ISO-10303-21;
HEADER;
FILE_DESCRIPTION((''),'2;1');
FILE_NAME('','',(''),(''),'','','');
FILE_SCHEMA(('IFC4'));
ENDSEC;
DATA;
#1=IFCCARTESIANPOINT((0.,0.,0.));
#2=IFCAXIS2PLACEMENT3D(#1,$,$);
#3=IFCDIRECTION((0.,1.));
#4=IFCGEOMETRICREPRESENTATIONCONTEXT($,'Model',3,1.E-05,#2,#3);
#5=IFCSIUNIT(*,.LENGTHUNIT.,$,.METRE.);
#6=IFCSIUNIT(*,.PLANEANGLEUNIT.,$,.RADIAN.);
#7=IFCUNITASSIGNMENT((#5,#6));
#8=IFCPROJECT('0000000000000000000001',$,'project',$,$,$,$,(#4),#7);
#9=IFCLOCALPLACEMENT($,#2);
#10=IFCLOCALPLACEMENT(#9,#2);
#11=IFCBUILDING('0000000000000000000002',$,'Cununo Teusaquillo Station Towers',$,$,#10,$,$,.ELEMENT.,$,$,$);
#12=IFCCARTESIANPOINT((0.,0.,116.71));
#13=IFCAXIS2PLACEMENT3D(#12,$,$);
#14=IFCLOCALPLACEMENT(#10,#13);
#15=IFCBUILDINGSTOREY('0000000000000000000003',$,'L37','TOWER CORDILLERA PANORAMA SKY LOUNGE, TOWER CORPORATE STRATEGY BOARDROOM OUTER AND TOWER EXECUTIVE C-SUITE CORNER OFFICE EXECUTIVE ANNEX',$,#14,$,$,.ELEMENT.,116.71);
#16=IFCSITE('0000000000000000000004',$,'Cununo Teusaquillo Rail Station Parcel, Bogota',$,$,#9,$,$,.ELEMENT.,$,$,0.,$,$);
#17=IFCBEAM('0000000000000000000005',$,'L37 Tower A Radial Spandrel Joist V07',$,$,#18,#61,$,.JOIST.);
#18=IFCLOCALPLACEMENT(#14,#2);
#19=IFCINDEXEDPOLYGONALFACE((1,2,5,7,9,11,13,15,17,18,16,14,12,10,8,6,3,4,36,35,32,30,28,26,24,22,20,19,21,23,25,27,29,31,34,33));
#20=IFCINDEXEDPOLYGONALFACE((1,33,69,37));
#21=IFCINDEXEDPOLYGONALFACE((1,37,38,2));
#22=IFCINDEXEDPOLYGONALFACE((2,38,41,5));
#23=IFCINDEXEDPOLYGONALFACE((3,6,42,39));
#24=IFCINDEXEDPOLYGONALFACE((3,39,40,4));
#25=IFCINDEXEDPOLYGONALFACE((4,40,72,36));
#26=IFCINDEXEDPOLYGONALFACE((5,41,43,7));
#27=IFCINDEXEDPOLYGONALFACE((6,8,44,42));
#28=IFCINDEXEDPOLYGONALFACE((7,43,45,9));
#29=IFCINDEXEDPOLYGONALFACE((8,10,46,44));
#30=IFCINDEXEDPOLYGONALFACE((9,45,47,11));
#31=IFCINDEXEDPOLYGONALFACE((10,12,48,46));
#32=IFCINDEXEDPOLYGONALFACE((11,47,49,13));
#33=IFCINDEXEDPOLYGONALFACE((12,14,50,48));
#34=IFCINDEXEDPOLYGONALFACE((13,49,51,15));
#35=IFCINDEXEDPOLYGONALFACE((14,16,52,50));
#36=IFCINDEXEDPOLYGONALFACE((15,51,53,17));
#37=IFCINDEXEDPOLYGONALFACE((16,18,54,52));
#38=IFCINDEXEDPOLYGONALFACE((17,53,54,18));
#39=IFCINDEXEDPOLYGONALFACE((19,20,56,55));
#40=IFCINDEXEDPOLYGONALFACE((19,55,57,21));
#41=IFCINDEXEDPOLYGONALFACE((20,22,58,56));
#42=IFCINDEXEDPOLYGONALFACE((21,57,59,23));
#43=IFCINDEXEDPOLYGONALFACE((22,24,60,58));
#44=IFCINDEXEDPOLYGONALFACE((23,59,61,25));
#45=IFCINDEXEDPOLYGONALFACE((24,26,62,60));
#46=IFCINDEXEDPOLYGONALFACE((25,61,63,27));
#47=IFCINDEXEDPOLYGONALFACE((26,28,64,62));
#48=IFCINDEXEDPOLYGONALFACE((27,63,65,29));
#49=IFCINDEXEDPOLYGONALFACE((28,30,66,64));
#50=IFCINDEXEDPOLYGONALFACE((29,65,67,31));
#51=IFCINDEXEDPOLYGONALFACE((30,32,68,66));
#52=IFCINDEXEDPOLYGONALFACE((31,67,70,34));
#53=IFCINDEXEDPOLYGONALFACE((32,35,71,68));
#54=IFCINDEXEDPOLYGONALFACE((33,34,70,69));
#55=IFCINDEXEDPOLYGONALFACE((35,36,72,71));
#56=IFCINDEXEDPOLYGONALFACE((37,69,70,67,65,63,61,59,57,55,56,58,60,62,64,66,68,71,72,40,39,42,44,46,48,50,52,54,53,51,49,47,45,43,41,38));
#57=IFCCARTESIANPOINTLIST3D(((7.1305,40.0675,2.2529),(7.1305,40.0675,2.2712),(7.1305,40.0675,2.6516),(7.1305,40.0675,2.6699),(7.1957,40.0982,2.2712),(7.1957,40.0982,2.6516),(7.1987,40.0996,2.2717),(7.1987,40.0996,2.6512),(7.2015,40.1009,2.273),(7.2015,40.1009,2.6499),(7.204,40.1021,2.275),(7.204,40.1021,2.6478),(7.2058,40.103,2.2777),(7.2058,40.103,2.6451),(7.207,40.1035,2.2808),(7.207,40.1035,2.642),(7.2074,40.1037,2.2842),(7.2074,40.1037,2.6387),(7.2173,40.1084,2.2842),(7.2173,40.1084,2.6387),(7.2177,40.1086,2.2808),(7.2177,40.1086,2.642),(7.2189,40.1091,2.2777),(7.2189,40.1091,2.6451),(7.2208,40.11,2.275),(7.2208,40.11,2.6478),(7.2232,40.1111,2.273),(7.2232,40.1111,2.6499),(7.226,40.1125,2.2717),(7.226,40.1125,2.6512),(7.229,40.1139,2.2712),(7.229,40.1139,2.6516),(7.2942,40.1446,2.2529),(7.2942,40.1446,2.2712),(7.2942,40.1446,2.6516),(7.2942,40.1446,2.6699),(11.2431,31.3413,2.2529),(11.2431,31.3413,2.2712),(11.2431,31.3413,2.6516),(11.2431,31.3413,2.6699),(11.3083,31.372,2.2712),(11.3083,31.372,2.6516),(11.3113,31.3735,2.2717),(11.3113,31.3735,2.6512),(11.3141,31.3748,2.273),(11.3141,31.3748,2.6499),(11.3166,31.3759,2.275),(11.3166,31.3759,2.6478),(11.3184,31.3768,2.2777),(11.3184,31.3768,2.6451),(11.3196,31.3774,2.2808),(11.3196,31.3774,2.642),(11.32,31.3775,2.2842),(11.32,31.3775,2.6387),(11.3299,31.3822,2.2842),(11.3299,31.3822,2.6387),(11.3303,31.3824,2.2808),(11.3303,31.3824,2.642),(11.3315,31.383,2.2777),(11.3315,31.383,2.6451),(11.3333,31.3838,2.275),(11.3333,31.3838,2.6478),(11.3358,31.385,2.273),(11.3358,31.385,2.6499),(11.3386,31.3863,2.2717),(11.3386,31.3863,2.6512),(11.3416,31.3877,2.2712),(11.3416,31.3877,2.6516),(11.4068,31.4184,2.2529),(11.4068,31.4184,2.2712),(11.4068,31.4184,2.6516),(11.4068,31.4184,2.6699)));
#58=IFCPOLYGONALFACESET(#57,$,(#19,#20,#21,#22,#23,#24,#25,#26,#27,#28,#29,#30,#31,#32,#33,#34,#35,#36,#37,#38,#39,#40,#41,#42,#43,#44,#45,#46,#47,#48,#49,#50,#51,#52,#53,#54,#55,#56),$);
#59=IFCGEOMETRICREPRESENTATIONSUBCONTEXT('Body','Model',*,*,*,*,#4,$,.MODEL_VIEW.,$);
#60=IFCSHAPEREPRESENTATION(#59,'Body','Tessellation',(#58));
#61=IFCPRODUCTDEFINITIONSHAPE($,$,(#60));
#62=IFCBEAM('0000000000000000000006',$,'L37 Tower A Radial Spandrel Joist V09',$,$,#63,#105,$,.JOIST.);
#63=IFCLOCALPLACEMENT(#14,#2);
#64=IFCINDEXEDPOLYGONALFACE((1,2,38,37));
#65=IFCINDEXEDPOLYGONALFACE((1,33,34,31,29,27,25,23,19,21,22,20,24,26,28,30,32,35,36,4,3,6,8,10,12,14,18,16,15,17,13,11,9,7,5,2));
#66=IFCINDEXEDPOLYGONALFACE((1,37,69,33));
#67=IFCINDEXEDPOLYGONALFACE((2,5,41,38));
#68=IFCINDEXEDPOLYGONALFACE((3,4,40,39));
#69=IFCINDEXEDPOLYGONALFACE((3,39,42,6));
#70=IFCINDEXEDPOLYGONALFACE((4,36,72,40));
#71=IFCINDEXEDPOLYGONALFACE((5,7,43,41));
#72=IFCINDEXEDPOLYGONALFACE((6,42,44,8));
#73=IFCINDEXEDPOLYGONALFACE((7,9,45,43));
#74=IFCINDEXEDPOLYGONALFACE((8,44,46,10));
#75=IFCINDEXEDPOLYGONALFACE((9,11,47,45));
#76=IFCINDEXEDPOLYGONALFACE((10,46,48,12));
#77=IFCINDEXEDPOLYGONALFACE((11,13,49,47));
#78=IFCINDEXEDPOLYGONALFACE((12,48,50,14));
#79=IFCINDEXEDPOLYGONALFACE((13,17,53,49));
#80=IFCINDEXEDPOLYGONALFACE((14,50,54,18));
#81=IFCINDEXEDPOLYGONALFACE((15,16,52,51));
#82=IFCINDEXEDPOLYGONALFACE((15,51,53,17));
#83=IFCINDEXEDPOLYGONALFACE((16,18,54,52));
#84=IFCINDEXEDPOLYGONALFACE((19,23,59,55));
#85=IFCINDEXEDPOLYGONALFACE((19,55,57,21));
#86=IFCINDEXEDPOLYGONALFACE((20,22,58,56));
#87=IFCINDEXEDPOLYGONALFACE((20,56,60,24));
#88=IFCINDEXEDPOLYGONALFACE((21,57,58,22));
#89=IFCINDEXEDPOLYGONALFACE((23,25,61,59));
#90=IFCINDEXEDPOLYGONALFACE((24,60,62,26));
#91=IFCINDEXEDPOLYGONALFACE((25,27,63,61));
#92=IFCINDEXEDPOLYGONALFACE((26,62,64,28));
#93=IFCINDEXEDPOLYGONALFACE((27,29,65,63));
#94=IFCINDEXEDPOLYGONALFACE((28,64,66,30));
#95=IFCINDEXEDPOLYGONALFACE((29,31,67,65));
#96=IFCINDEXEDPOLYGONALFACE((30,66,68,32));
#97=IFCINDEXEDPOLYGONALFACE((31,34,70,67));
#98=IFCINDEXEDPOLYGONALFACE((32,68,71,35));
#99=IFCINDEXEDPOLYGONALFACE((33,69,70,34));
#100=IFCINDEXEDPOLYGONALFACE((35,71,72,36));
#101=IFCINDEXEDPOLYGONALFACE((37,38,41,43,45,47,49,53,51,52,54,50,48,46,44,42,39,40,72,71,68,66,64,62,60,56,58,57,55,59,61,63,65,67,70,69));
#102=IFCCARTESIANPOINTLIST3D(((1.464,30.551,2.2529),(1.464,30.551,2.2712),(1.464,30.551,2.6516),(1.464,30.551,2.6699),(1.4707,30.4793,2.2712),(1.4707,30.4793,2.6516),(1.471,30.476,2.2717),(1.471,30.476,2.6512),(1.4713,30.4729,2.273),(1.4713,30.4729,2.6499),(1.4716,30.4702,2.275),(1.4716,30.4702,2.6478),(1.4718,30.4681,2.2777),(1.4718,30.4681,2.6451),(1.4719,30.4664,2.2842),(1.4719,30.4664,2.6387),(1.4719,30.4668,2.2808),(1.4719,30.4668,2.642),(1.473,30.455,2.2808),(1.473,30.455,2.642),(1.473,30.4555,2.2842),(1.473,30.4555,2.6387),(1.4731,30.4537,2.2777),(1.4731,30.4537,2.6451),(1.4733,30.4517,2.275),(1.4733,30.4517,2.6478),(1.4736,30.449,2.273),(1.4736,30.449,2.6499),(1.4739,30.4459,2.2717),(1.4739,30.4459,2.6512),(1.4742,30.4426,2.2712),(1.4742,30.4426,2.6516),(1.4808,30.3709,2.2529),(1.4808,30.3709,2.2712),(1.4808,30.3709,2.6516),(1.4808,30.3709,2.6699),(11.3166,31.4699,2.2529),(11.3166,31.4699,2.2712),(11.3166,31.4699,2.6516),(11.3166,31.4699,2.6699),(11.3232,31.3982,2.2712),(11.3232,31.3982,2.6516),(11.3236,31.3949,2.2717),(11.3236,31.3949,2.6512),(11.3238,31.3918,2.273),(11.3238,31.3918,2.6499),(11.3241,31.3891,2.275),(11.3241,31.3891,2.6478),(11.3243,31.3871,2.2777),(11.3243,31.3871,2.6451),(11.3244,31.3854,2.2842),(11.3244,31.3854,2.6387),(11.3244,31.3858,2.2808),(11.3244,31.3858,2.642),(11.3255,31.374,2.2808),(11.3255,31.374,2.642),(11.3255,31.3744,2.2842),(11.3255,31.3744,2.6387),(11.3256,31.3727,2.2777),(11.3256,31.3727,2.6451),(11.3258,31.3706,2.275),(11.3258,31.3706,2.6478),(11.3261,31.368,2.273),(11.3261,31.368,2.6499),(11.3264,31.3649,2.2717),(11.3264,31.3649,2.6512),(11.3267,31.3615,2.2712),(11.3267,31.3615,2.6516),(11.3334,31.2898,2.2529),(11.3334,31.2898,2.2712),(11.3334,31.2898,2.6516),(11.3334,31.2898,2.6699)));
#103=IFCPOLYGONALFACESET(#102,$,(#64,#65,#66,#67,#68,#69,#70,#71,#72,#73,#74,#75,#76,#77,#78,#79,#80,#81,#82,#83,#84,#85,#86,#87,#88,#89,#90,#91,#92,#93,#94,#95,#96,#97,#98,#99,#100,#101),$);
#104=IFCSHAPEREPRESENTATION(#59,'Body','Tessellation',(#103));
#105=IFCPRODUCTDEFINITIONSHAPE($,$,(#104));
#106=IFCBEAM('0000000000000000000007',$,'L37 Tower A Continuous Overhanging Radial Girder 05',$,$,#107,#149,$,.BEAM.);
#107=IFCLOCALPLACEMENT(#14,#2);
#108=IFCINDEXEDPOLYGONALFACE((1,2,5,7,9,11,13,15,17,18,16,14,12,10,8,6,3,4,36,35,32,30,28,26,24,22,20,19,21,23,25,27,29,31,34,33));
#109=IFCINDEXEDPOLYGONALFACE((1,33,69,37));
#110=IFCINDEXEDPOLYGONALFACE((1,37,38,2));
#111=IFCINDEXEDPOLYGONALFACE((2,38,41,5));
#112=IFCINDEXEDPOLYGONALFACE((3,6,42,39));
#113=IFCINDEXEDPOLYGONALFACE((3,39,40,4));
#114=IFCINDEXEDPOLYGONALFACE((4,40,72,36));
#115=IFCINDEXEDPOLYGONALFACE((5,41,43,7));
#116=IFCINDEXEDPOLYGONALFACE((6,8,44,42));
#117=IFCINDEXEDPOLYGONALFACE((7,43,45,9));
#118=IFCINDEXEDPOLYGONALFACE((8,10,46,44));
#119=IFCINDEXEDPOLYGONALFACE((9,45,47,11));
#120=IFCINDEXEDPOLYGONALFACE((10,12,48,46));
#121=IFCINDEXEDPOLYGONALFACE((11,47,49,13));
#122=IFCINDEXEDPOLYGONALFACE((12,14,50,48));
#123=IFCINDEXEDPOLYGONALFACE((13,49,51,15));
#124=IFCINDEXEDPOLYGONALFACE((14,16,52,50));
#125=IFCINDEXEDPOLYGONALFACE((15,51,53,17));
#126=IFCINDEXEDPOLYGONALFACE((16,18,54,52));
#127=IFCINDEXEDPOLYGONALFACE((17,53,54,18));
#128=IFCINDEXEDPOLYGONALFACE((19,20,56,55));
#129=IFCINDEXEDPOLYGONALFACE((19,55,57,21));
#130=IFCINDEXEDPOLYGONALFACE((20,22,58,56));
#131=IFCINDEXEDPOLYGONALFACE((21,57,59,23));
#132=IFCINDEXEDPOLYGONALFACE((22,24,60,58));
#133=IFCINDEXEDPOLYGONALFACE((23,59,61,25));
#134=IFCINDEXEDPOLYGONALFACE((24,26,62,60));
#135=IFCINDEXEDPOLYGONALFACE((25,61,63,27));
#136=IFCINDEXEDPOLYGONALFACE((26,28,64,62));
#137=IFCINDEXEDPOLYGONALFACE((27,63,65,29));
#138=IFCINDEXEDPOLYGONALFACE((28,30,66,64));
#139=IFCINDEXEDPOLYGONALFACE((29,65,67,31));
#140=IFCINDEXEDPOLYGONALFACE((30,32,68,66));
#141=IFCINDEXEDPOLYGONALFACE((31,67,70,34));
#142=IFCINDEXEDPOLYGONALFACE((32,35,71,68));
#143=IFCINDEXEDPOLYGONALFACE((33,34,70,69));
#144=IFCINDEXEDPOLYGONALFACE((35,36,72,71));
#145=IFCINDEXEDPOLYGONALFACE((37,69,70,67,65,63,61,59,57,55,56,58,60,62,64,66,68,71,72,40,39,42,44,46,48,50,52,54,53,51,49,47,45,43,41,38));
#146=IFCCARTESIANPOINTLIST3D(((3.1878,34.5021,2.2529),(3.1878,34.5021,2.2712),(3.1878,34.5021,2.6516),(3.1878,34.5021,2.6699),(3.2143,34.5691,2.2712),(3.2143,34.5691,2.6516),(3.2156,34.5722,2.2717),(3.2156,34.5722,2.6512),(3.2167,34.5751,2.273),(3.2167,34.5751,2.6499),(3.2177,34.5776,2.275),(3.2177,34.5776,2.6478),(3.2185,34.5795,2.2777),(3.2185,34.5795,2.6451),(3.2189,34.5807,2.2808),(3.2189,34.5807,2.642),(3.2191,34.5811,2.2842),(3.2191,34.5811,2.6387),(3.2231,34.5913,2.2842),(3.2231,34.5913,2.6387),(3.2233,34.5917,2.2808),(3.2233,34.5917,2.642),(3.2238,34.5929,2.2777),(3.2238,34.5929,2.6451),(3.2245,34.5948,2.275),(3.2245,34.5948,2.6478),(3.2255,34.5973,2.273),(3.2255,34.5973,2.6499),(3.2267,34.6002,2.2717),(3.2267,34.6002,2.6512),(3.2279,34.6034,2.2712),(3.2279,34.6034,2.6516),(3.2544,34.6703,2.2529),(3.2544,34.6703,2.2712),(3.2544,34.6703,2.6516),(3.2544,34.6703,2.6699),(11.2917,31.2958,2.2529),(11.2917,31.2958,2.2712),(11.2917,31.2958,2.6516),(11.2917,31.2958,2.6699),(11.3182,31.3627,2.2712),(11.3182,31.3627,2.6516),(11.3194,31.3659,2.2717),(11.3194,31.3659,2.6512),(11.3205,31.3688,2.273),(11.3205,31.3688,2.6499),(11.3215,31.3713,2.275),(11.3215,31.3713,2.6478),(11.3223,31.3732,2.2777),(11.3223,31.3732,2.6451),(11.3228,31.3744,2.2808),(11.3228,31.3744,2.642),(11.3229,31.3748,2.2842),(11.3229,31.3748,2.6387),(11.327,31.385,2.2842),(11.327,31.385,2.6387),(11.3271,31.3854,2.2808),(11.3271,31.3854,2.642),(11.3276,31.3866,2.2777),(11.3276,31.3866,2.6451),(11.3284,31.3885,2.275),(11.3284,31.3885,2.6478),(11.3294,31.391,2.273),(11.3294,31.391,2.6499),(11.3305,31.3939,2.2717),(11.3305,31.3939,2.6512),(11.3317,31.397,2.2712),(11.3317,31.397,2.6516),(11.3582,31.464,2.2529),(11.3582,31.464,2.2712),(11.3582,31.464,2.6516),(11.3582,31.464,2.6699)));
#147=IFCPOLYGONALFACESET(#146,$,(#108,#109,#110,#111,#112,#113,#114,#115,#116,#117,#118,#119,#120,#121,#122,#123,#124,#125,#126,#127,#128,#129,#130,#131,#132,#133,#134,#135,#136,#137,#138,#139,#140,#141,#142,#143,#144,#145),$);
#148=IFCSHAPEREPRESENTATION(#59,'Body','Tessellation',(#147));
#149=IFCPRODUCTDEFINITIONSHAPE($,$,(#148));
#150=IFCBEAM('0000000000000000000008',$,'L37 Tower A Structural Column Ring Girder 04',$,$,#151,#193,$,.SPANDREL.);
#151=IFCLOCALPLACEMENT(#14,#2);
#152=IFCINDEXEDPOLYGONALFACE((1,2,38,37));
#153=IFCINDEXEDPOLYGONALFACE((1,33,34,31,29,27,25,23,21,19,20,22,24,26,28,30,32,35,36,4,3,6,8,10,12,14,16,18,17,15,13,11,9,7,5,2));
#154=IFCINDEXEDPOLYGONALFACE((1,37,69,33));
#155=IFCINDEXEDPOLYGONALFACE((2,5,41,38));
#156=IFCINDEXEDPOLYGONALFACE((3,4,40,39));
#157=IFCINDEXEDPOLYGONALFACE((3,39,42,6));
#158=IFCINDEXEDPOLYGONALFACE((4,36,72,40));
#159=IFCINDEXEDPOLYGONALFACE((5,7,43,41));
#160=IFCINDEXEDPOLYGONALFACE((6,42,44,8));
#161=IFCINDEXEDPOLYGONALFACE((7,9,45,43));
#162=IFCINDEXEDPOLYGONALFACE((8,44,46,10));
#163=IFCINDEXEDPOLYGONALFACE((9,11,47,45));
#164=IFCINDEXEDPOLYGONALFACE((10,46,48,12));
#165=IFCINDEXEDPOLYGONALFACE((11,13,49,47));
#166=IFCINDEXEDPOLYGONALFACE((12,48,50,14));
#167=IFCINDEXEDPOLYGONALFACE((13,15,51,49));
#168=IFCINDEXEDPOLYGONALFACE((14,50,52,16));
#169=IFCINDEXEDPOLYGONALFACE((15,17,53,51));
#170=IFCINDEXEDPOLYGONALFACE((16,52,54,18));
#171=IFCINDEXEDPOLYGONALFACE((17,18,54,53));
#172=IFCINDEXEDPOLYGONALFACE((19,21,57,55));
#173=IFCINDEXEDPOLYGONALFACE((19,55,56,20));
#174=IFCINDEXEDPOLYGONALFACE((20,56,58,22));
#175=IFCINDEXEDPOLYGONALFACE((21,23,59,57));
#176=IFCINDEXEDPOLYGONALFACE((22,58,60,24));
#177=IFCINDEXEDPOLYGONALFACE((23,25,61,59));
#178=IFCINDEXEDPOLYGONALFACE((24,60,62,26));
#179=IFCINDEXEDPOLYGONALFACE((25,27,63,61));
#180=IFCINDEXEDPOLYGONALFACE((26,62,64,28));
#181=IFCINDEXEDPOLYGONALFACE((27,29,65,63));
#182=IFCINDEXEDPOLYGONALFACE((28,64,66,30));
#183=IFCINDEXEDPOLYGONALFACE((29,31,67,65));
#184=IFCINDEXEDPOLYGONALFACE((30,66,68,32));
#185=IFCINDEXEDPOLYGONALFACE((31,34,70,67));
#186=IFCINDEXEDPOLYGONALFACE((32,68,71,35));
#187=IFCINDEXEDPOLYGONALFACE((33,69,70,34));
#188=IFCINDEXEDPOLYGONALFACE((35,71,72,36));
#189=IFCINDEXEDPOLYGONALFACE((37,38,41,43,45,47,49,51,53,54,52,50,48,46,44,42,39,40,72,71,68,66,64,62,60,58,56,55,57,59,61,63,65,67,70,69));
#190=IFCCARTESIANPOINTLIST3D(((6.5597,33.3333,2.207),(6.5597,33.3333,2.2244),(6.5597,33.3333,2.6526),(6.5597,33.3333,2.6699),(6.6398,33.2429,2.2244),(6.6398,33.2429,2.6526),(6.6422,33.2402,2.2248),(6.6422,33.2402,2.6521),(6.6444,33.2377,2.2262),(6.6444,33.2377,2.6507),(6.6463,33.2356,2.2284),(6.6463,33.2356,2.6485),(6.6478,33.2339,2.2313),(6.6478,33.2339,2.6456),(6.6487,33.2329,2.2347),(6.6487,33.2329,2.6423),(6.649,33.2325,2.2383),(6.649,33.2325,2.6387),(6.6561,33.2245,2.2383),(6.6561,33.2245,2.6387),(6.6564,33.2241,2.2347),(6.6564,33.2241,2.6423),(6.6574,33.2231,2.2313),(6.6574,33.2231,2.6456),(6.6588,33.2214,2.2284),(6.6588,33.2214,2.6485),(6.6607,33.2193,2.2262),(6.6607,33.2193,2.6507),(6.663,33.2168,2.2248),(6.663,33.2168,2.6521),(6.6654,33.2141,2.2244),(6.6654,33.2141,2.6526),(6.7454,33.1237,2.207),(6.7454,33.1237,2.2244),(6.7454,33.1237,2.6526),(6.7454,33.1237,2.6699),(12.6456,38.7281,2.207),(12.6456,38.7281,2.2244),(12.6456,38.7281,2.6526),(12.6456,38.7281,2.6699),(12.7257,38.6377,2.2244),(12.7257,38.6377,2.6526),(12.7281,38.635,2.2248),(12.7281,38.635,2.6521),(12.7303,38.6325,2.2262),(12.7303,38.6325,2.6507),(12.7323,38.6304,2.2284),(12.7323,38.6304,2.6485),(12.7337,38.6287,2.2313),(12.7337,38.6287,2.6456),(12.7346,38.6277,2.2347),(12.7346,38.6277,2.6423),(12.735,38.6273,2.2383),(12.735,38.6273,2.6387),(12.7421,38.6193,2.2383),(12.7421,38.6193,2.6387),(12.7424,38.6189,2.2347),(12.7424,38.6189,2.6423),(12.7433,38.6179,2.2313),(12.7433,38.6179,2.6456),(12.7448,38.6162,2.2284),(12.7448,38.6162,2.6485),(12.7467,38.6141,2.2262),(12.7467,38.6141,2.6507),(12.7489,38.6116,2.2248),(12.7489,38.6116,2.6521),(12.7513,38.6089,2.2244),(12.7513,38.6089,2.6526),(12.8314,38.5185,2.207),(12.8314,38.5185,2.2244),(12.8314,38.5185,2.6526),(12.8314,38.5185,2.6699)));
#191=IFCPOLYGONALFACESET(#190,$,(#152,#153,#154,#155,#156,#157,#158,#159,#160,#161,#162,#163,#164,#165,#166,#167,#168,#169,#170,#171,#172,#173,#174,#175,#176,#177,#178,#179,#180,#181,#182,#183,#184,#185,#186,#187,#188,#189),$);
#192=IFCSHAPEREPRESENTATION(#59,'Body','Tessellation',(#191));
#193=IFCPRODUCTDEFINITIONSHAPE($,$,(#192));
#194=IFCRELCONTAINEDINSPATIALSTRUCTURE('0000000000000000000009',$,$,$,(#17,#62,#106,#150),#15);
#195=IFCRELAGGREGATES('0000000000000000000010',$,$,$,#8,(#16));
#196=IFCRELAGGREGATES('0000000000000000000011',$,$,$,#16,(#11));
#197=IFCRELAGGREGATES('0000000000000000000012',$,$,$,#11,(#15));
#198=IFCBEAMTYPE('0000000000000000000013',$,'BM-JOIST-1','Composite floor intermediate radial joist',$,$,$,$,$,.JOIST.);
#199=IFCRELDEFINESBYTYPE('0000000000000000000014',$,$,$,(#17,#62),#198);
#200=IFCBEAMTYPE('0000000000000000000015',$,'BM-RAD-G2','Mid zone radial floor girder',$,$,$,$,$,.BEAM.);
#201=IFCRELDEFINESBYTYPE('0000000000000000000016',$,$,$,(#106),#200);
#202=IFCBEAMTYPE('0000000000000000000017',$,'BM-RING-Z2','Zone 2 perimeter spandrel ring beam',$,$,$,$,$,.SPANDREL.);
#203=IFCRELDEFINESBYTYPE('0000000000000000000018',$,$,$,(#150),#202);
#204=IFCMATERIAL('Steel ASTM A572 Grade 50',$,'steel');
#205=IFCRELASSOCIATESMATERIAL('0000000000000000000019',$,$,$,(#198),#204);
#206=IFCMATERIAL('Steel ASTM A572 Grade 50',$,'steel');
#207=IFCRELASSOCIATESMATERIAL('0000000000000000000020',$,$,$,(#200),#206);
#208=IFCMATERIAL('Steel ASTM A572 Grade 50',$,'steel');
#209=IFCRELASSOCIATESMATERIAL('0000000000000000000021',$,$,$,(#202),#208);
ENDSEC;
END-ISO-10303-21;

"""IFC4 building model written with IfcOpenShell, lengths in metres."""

from ifc_helpers import new_model, si_unit, direction, frame, origin, origin_2d, place, context, subcontext, project, spatial, i_section, extrude, material, material_profile, profile_set, type_object, element, save


model = new_model("IFC4")

# Units and contexts
model_context = context("Model", 3, precision=1e-05, world=origin(), true_north=direction((0.0, 1.0)))
body_context = subcontext(model_context, "Body", "Model", "MODEL_VIEW")
ifc_project = project(units=[si_unit("LENGTHUNIT", "METRE"), si_unit("PLANEANGLEUNIT", "RADIAN")], contexts=[model_context])

# Site, building, storey
site_placement = place(None, origin())
site = spatial("IfcSite", under=ifc_project, at=site_placement, Name="Cununo Teusaquillo Rail Station Parcel, Bogota", CompositionType="ELEMENT", RefElevation=0.0)
building_placement = place(site_placement, origin())
building = spatial("IfcBuilding", under=site, at=building_placement, Name="Cununo Teusaquillo Station Towers", CompositionType="ELEMENT")
storey_placement = place(building_placement, frame((0.0, 0.0, 116.71)))
storey = spatial("IfcBuildingStorey", under=building, at=storey_placement, Name="L37", Description="TOWER CORDILLERA PANORAMA SKY LOUNGE, TOWER CORPORATE STRATEGY BOARDROOM OUTER AND TOWER EXECUTIVE C-SUITE CORNER OFFICE EXECUTIVE ANNEX", CompositionType="ELEMENT", Elevation=116.71)

# Beams
ifc_material_1 = material(Name="Steel ASTM A572 Grade 50", Category="steel")
ifc_material_profile_1 = material_profile(ifc_material_1, i_section(OverallWidth=0.1809, OverallDepth=0.417, WebThickness=0.011, FlangeThickness=0.0183, FilletRadius=0.0129, at=origin_2d()), Name="W16X57")
ifc_profile_set_1 = profile_set([ifc_material_profile_1], Name="Steel ASTM A572 Grade 50")
beam_type_1 = type_object("IfcBeamType", Name="BM-JOIST-1", Description="Composite floor intermediate radial joist", PredefinedType="JOIST", material=ifc_profile_set_1)
beam_1_placement = place(storey_placement, frame((11.325, 31.3799, 2.4614), z_axis=(-0.42632, 0.904572, 0.0), x_axis=(-0.904572, -0.42632, 0.0)))
element("IfcBeam", 1, at=beam_1_placement, inside=storey, type_object=beam_type_1, Name="L37 Tower A Radial Spandrel Joist V07", PredefinedType="JOIST", context=body_context, shape_type="SweptSolid", body=[
    extrude(i_section(OverallWidth=0.1809, OverallDepth=0.417, WebThickness=0.011, FlangeThickness=0.0183, FilletRadius=0.0129, at=origin_2d()), origin(), (0.0, 0.0, 1.0), 9.6467),
])
beam_2_placement = place(storey_placement, frame((11.325, 31.3799, 2.4614), z_axis=(-0.995679, -0.092867, 0.0), x_axis=(0.092867, -0.995679, 0.0)))
element("IfcBeam", 2, at=beam_2_placement, inside=storey, type_object=beam_type_1, Name="L37 Tower A Radial Spandrel Joist V09", PredefinedType="JOIST", context=body_context, shape_type="SweptSolid", body=[
    extrude(i_section(OverallWidth=0.1809, OverallDepth=0.417, WebThickness=0.011, FlangeThickness=0.0183, FilletRadius=0.0129, at=origin_2d()), origin(), (0.0, 0.0, 1.0), 9.8953),
])
ifc_material_2 = material(Name="Steel ASTM A572 Grade 50", Category="steel")
ifc_material_profile_2 = material_profile(ifc_material_2, i_section(OverallWidth=0.1809, OverallDepth=0.417, WebThickness=0.011, FlangeThickness=0.0183, FilletRadius=0.0129, at=origin_2d()), Name="W16X57")
ifc_profile_set_2 = profile_set([ifc_material_profile_2], Name="Steel ASTM A572 Grade 50")
beam_type_2 = type_object("IfcBeamType", Name="BM-RAD-G2", Description="Mid zone radial floor girder", PredefinedType="BEAM", material=ifc_profile_set_2)
beam_3_placement = place(storey_placement, frame((11.325, 31.3799, 2.4614), z_axis=(-0.929863, 0.367906, 0.0), x_axis=(-0.367906, -0.929863, 0.0)))
element("IfcBeam", 3, at=beam_3_placement, inside=storey, type_object=beam_type_2, Name="L37 Tower A Continuous Overhanging Radial Girder 05", PredefinedType="BEAM", context=body_context, shape_type="SweptSolid", body=[
    extrude(i_section(OverallWidth=0.1809, OverallDepth=0.417, WebThickness=0.011, FlangeThickness=0.0183, FilletRadius=0.0129, at=origin_2d()), origin(), (0.0, 0.0, 1.0), 8.7151),
])
ifc_material_3 = material(Name="Steel ASTM A572 Grade 50", Category="steel")
ifc_material_profile_3 = material_profile(ifc_material_3, i_section(OverallWidth=0.28, OverallDepth=0.4629, WebThickness=0.0107, FlangeThickness=0.0173, FilletRadius=0.0139, at=origin_2d()), Name="W18X76")
ifc_profile_set_3 = profile_set([ifc_material_profile_3], Name="Steel ASTM A572 Grade 50")
beam_type_3 = type_object("IfcBeamType", Name="BM-RING-Z2", Description="Zone 2 perimeter spandrel ring beam", PredefinedType="SPANDREL", material=ifc_profile_set_3)
beam_4_placement = place(storey_placement, frame((12.7385, 38.6233, 2.4385), z_axis=(-0.748321, -0.663337, 0.0), x_axis=(0.663337, -0.748321, 0.0)))
element("IfcBeam", 4, at=beam_4_placement, inside=storey, type_object=beam_type_3, Name="L37 Tower A Structural Column Ring Girder 04", PredefinedType="SPANDREL", context=body_context, shape_type="SweptSolid", body=[
    extrude(i_section(OverallWidth=0.28, OverallDepth=0.4629, WebThickness=0.0107, FlangeThickness=0.0173, FilletRadius=0.0139, at=origin_2d()), origin(), (0.0, 0.0, 1.0), 8.1328),
])

save(model, "model.ifc")
